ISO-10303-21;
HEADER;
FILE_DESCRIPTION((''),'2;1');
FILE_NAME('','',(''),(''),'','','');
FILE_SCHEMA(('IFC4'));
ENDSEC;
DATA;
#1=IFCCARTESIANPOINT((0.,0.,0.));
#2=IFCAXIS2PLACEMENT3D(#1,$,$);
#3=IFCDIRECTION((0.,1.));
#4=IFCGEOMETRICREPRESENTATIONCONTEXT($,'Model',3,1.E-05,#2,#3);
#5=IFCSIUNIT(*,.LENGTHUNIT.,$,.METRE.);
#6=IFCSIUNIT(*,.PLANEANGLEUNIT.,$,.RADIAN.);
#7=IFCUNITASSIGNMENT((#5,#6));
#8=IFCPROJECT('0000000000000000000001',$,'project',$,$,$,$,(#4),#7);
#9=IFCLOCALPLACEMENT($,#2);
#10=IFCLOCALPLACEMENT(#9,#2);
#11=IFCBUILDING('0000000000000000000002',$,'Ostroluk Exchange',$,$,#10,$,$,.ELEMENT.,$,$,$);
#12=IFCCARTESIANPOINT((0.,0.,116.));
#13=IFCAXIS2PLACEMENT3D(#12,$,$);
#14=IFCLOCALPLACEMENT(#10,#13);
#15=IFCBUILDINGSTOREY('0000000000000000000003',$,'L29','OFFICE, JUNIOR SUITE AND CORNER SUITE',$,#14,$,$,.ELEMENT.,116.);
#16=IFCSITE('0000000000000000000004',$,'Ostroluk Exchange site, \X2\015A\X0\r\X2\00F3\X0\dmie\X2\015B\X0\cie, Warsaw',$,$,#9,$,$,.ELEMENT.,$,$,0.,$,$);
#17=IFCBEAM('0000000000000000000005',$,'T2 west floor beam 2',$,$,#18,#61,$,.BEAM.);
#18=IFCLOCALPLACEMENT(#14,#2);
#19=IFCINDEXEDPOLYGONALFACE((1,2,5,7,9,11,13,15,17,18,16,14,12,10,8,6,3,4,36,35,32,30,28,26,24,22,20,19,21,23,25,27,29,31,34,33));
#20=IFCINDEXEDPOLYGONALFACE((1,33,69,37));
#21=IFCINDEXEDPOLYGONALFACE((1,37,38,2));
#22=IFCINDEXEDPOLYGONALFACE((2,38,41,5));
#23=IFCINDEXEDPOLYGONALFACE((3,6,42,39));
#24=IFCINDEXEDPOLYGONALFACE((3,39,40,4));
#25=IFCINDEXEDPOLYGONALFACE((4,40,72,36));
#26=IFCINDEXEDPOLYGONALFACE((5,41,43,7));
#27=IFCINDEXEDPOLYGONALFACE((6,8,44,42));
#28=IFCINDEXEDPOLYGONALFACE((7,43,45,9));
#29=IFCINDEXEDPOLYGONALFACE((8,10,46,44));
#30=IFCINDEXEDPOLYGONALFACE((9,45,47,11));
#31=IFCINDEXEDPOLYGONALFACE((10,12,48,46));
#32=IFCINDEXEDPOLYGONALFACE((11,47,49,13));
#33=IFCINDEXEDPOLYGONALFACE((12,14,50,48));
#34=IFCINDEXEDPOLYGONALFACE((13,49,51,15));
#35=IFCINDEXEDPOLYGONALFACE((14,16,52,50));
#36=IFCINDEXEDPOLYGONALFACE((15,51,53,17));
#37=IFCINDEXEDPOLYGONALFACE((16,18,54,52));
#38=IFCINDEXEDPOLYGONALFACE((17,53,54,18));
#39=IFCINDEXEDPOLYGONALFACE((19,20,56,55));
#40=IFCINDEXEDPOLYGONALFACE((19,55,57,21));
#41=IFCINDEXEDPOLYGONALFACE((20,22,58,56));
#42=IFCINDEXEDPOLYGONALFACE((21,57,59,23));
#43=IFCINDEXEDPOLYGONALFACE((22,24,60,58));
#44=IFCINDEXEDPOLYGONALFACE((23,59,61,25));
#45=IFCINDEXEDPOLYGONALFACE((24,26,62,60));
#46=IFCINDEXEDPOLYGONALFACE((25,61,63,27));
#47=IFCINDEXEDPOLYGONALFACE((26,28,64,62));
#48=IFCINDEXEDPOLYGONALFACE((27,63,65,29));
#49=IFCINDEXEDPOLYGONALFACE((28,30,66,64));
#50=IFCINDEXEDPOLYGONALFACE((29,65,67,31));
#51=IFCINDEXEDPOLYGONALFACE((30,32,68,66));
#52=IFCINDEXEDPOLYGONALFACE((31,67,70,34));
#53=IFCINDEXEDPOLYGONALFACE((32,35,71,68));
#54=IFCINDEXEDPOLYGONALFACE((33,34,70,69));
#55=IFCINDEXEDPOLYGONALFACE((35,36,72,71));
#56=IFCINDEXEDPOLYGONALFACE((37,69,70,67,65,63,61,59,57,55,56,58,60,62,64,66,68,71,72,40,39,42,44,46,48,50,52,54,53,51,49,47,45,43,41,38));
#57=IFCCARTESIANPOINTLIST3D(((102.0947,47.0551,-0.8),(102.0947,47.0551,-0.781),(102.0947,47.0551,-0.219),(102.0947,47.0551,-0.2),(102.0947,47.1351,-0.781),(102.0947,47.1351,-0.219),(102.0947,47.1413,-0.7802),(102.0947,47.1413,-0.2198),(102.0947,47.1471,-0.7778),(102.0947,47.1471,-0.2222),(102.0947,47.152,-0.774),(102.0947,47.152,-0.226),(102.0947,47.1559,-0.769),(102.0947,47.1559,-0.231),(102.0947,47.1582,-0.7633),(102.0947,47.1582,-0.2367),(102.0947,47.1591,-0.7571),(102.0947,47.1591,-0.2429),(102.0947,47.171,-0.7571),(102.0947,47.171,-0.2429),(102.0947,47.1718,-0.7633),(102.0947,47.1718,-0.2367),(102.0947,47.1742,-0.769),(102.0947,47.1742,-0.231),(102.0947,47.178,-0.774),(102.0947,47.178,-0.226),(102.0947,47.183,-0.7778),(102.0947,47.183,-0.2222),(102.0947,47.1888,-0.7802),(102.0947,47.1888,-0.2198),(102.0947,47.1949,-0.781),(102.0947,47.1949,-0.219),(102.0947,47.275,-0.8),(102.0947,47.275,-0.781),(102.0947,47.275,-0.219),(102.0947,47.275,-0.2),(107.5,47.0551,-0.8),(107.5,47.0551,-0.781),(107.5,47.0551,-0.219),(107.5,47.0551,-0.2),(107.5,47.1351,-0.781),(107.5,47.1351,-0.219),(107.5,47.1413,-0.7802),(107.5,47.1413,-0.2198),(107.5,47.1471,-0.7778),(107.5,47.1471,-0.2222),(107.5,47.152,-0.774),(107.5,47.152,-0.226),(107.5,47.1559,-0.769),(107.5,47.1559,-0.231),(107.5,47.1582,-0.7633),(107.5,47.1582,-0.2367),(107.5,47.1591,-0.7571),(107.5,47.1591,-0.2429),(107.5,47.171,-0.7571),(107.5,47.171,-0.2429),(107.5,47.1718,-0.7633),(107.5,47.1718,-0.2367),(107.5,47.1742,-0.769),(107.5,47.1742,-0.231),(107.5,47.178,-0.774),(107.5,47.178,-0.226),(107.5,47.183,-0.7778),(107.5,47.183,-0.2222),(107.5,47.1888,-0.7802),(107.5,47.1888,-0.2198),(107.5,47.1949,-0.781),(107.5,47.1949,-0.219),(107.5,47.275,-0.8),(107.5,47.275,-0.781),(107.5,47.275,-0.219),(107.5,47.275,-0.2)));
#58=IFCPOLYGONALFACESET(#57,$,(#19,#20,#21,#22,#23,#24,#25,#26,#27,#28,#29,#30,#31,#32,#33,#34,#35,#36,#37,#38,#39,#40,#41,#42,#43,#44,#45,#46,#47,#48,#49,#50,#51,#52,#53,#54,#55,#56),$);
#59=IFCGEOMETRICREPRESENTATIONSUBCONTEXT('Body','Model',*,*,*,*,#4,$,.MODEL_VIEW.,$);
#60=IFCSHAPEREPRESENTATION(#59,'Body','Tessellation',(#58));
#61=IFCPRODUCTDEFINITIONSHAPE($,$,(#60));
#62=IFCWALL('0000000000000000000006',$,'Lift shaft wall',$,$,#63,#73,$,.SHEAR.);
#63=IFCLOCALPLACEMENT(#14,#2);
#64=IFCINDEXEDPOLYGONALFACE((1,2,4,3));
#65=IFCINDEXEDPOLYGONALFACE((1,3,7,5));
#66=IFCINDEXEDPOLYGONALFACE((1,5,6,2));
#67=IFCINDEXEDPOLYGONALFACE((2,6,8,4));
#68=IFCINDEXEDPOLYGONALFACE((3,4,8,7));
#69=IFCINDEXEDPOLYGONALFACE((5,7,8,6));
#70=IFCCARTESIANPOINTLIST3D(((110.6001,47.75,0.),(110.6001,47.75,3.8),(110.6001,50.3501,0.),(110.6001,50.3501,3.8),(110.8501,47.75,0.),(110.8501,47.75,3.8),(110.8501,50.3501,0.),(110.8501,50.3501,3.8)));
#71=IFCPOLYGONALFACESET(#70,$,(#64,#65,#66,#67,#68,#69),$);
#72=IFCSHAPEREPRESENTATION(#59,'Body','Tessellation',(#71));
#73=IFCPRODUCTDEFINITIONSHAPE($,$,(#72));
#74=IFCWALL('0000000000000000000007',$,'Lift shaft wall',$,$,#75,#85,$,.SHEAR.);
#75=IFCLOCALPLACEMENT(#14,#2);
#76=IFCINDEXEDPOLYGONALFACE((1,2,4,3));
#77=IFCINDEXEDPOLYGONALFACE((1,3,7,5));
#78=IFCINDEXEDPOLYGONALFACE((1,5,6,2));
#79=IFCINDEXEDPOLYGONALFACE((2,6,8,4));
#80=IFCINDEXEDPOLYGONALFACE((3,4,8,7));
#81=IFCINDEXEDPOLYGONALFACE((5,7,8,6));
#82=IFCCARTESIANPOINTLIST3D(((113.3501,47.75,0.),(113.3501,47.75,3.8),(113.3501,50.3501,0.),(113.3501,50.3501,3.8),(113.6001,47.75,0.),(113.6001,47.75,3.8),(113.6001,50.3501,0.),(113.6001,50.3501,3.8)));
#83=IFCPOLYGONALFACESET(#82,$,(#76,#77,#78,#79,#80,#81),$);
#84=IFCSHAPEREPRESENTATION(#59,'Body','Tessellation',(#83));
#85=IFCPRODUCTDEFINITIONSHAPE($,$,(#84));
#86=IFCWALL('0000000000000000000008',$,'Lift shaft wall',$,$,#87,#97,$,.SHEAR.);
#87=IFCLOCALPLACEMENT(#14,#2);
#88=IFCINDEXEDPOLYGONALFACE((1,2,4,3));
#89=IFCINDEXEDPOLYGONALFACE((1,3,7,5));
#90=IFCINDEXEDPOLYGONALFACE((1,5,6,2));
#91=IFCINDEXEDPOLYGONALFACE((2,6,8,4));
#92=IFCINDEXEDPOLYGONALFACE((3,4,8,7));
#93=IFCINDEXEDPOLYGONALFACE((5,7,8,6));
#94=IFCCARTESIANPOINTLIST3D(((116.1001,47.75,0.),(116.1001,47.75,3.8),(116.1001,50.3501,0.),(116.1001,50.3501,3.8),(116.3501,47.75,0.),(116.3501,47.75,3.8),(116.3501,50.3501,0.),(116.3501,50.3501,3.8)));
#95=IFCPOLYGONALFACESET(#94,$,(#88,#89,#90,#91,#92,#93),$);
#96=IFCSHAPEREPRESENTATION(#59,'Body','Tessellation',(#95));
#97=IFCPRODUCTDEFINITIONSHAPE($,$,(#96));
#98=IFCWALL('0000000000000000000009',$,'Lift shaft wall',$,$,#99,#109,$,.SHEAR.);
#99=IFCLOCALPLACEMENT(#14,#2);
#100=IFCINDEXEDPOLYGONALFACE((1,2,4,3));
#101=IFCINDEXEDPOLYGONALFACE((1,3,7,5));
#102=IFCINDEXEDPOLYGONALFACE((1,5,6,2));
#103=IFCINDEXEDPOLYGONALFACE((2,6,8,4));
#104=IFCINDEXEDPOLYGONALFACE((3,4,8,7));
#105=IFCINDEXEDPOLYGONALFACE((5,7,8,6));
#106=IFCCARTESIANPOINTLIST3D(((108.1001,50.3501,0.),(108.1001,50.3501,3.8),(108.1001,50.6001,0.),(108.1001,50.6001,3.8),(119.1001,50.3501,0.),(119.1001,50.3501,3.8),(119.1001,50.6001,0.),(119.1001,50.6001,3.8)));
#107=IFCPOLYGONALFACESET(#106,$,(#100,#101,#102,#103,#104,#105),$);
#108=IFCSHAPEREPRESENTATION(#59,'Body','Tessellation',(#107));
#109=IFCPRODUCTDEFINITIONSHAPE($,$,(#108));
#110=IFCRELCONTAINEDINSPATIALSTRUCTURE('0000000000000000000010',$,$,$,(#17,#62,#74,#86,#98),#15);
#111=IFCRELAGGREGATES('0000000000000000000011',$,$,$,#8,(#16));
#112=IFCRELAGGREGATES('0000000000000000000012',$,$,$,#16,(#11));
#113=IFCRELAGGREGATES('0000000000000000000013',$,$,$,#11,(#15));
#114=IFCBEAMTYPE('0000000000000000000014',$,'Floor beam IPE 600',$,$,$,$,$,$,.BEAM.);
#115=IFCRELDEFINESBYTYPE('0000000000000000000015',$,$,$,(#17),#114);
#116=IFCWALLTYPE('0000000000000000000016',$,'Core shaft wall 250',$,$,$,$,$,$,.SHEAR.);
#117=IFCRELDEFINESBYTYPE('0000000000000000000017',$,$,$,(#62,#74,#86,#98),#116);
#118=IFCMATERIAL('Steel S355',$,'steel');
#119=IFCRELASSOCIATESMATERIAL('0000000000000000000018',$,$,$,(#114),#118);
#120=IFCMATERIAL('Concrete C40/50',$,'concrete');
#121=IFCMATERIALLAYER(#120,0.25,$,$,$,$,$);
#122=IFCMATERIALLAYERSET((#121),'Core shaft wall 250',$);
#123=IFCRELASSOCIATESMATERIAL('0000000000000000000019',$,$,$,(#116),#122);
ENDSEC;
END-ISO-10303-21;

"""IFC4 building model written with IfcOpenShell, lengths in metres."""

from ifc_helpers import new_model, si_unit, direction, frame, frame_2d, origin, origin_2d, place, context, subcontext, project, spatial, rectangle, i_section, extrude, material, layer, layer_set, material_profile, profile_set, type_object, element, save


model = new_model("IFC4")

# Units and contexts
model_context = context("Model", 3, precision=1e-05, world=origin(), true_north=direction((0.0, 1.0)))
body_context = subcontext(model_context, "Body", "Model", "MODEL_VIEW")
ifc_project = project(units=[si_unit("LENGTHUNIT", "METRE"), si_unit("PLANEANGLEUNIT", "RADIAN")], contexts=[model_context])

# Site, building, storey
site_placement = place(None, origin())
site = spatial("IfcSite", under=ifc_project, at=site_placement, Name="Ostroluk Exchange site, Śródmieście, Warsaw", CompositionType="ELEMENT", RefElevation=0.0)
building_placement = place(site_placement, origin())
building = spatial("IfcBuilding", under=site, at=building_placement, Name="Ostroluk Exchange", CompositionType="ELEMENT")
storey_placement = place(building_placement, frame((0.0, 0.0, 116.0)))
storey = spatial("IfcBuildingStorey", under=building, at=storey_placement, Name="L29", Description="OFFICE, JUNIOR SUITE AND CORNER SUITE", CompositionType="ELEMENT", Elevation=116.0)

# Beam
ifc_material_1 = material(Name="Steel S355", Category="steel")
ifc_material_profile = material_profile(ifc_material_1, i_section(OverallWidth=0.22, OverallDepth=0.6001, WebThickness=0.012, FlangeThickness=0.019, FilletRadius=0.0239, at=origin_2d()), Name="IPE 600")
ifc_profile_set = profile_set([ifc_material_profile], Name="Steel S355")
beam_type = type_object("IfcBeamType", Name="Floor beam IPE 600", PredefinedType="BEAM", material=ifc_profile_set)
beam_placement = place(storey_placement, frame((107.5, 47.165, -0.5), z_axis=(-1.0, 0.0, 0.0), x_axis=(0.0, -1.0, 0.0)))
element("IfcBeam", 1, at=beam_placement, inside=storey, type_object=beam_type, Name="T2 west floor beam 2", PredefinedType="BEAM", context=body_context, shape_type="SweptSolid", body=[
    extrude(i_section(OverallWidth=0.22, OverallDepth=0.6001, WebThickness=0.012, FlangeThickness=0.019, FilletRadius=0.0239, at=origin_2d()), origin(), (0.0, 0.0, 1.0), 5.4053),
])

# Walls
ifc_material_2 = material(Name="Concrete C40/50", Category="concrete")
ifc_layer = layer(ifc_material_2, 0.25)
ifc_layer_set = layer_set([ifc_layer], Name="Core shaft wall 250")
wall_type = type_object("IfcWallType", Name="Core shaft wall 250", PredefinedType="SHEAR", material=ifc_layer_set)
for number, where, z_axis, x_axis, name in (
    (2, (110.7251, 47.75, 0.0), (0.0, 0.0, 1.0), (0.0, 1.0, 0.0), "Lift shaft wall"),
    (3, (113.4751, 47.75, 0.0), (0.0, 0.0, 1.0), (0.0, 1.0, 0.0), "Lift shaft wall"),
    (4, (116.2251, 47.75, 0.0), (0.0, 0.0, 1.0), (0.0, 1.0, 0.0), "Lift shaft wall"),
):
    element("IfcWall", number, at=place(storey_placement, frame(where, z_axis=z_axis, x_axis=x_axis)), inside=storey, type_object=wall_type, Name=name, PredefinedType="SHEAR", context=body_context, shape_type="SweptSolid", body=[
        extrude(rectangle(XDim=2.6001, YDim=0.25, at=frame_2d((1.3, 0.0))), origin(), (0.0, 0.0, 1.0), 3.8),
    ])
wall_1_placement = place(storey_placement, frame((108.1001, 50.4751, 0.0), z_axis=(0.0, 0.0, 1.0), x_axis=(1.0, 0.0, 0.0)))
element("IfcWall", 5, at=wall_1_placement, inside=storey, type_object=wall_type, Name="Lift shaft wall", PredefinedType="SHEAR", context=body_context, shape_type="SweptSolid", body=[
    extrude(rectangle(XDim=11.0, YDim=0.25, at=frame_2d((5.5, 0.0))), origin(), (0.0, 0.0, 1.0), 3.8),
])

save(model, "model.ifc")
